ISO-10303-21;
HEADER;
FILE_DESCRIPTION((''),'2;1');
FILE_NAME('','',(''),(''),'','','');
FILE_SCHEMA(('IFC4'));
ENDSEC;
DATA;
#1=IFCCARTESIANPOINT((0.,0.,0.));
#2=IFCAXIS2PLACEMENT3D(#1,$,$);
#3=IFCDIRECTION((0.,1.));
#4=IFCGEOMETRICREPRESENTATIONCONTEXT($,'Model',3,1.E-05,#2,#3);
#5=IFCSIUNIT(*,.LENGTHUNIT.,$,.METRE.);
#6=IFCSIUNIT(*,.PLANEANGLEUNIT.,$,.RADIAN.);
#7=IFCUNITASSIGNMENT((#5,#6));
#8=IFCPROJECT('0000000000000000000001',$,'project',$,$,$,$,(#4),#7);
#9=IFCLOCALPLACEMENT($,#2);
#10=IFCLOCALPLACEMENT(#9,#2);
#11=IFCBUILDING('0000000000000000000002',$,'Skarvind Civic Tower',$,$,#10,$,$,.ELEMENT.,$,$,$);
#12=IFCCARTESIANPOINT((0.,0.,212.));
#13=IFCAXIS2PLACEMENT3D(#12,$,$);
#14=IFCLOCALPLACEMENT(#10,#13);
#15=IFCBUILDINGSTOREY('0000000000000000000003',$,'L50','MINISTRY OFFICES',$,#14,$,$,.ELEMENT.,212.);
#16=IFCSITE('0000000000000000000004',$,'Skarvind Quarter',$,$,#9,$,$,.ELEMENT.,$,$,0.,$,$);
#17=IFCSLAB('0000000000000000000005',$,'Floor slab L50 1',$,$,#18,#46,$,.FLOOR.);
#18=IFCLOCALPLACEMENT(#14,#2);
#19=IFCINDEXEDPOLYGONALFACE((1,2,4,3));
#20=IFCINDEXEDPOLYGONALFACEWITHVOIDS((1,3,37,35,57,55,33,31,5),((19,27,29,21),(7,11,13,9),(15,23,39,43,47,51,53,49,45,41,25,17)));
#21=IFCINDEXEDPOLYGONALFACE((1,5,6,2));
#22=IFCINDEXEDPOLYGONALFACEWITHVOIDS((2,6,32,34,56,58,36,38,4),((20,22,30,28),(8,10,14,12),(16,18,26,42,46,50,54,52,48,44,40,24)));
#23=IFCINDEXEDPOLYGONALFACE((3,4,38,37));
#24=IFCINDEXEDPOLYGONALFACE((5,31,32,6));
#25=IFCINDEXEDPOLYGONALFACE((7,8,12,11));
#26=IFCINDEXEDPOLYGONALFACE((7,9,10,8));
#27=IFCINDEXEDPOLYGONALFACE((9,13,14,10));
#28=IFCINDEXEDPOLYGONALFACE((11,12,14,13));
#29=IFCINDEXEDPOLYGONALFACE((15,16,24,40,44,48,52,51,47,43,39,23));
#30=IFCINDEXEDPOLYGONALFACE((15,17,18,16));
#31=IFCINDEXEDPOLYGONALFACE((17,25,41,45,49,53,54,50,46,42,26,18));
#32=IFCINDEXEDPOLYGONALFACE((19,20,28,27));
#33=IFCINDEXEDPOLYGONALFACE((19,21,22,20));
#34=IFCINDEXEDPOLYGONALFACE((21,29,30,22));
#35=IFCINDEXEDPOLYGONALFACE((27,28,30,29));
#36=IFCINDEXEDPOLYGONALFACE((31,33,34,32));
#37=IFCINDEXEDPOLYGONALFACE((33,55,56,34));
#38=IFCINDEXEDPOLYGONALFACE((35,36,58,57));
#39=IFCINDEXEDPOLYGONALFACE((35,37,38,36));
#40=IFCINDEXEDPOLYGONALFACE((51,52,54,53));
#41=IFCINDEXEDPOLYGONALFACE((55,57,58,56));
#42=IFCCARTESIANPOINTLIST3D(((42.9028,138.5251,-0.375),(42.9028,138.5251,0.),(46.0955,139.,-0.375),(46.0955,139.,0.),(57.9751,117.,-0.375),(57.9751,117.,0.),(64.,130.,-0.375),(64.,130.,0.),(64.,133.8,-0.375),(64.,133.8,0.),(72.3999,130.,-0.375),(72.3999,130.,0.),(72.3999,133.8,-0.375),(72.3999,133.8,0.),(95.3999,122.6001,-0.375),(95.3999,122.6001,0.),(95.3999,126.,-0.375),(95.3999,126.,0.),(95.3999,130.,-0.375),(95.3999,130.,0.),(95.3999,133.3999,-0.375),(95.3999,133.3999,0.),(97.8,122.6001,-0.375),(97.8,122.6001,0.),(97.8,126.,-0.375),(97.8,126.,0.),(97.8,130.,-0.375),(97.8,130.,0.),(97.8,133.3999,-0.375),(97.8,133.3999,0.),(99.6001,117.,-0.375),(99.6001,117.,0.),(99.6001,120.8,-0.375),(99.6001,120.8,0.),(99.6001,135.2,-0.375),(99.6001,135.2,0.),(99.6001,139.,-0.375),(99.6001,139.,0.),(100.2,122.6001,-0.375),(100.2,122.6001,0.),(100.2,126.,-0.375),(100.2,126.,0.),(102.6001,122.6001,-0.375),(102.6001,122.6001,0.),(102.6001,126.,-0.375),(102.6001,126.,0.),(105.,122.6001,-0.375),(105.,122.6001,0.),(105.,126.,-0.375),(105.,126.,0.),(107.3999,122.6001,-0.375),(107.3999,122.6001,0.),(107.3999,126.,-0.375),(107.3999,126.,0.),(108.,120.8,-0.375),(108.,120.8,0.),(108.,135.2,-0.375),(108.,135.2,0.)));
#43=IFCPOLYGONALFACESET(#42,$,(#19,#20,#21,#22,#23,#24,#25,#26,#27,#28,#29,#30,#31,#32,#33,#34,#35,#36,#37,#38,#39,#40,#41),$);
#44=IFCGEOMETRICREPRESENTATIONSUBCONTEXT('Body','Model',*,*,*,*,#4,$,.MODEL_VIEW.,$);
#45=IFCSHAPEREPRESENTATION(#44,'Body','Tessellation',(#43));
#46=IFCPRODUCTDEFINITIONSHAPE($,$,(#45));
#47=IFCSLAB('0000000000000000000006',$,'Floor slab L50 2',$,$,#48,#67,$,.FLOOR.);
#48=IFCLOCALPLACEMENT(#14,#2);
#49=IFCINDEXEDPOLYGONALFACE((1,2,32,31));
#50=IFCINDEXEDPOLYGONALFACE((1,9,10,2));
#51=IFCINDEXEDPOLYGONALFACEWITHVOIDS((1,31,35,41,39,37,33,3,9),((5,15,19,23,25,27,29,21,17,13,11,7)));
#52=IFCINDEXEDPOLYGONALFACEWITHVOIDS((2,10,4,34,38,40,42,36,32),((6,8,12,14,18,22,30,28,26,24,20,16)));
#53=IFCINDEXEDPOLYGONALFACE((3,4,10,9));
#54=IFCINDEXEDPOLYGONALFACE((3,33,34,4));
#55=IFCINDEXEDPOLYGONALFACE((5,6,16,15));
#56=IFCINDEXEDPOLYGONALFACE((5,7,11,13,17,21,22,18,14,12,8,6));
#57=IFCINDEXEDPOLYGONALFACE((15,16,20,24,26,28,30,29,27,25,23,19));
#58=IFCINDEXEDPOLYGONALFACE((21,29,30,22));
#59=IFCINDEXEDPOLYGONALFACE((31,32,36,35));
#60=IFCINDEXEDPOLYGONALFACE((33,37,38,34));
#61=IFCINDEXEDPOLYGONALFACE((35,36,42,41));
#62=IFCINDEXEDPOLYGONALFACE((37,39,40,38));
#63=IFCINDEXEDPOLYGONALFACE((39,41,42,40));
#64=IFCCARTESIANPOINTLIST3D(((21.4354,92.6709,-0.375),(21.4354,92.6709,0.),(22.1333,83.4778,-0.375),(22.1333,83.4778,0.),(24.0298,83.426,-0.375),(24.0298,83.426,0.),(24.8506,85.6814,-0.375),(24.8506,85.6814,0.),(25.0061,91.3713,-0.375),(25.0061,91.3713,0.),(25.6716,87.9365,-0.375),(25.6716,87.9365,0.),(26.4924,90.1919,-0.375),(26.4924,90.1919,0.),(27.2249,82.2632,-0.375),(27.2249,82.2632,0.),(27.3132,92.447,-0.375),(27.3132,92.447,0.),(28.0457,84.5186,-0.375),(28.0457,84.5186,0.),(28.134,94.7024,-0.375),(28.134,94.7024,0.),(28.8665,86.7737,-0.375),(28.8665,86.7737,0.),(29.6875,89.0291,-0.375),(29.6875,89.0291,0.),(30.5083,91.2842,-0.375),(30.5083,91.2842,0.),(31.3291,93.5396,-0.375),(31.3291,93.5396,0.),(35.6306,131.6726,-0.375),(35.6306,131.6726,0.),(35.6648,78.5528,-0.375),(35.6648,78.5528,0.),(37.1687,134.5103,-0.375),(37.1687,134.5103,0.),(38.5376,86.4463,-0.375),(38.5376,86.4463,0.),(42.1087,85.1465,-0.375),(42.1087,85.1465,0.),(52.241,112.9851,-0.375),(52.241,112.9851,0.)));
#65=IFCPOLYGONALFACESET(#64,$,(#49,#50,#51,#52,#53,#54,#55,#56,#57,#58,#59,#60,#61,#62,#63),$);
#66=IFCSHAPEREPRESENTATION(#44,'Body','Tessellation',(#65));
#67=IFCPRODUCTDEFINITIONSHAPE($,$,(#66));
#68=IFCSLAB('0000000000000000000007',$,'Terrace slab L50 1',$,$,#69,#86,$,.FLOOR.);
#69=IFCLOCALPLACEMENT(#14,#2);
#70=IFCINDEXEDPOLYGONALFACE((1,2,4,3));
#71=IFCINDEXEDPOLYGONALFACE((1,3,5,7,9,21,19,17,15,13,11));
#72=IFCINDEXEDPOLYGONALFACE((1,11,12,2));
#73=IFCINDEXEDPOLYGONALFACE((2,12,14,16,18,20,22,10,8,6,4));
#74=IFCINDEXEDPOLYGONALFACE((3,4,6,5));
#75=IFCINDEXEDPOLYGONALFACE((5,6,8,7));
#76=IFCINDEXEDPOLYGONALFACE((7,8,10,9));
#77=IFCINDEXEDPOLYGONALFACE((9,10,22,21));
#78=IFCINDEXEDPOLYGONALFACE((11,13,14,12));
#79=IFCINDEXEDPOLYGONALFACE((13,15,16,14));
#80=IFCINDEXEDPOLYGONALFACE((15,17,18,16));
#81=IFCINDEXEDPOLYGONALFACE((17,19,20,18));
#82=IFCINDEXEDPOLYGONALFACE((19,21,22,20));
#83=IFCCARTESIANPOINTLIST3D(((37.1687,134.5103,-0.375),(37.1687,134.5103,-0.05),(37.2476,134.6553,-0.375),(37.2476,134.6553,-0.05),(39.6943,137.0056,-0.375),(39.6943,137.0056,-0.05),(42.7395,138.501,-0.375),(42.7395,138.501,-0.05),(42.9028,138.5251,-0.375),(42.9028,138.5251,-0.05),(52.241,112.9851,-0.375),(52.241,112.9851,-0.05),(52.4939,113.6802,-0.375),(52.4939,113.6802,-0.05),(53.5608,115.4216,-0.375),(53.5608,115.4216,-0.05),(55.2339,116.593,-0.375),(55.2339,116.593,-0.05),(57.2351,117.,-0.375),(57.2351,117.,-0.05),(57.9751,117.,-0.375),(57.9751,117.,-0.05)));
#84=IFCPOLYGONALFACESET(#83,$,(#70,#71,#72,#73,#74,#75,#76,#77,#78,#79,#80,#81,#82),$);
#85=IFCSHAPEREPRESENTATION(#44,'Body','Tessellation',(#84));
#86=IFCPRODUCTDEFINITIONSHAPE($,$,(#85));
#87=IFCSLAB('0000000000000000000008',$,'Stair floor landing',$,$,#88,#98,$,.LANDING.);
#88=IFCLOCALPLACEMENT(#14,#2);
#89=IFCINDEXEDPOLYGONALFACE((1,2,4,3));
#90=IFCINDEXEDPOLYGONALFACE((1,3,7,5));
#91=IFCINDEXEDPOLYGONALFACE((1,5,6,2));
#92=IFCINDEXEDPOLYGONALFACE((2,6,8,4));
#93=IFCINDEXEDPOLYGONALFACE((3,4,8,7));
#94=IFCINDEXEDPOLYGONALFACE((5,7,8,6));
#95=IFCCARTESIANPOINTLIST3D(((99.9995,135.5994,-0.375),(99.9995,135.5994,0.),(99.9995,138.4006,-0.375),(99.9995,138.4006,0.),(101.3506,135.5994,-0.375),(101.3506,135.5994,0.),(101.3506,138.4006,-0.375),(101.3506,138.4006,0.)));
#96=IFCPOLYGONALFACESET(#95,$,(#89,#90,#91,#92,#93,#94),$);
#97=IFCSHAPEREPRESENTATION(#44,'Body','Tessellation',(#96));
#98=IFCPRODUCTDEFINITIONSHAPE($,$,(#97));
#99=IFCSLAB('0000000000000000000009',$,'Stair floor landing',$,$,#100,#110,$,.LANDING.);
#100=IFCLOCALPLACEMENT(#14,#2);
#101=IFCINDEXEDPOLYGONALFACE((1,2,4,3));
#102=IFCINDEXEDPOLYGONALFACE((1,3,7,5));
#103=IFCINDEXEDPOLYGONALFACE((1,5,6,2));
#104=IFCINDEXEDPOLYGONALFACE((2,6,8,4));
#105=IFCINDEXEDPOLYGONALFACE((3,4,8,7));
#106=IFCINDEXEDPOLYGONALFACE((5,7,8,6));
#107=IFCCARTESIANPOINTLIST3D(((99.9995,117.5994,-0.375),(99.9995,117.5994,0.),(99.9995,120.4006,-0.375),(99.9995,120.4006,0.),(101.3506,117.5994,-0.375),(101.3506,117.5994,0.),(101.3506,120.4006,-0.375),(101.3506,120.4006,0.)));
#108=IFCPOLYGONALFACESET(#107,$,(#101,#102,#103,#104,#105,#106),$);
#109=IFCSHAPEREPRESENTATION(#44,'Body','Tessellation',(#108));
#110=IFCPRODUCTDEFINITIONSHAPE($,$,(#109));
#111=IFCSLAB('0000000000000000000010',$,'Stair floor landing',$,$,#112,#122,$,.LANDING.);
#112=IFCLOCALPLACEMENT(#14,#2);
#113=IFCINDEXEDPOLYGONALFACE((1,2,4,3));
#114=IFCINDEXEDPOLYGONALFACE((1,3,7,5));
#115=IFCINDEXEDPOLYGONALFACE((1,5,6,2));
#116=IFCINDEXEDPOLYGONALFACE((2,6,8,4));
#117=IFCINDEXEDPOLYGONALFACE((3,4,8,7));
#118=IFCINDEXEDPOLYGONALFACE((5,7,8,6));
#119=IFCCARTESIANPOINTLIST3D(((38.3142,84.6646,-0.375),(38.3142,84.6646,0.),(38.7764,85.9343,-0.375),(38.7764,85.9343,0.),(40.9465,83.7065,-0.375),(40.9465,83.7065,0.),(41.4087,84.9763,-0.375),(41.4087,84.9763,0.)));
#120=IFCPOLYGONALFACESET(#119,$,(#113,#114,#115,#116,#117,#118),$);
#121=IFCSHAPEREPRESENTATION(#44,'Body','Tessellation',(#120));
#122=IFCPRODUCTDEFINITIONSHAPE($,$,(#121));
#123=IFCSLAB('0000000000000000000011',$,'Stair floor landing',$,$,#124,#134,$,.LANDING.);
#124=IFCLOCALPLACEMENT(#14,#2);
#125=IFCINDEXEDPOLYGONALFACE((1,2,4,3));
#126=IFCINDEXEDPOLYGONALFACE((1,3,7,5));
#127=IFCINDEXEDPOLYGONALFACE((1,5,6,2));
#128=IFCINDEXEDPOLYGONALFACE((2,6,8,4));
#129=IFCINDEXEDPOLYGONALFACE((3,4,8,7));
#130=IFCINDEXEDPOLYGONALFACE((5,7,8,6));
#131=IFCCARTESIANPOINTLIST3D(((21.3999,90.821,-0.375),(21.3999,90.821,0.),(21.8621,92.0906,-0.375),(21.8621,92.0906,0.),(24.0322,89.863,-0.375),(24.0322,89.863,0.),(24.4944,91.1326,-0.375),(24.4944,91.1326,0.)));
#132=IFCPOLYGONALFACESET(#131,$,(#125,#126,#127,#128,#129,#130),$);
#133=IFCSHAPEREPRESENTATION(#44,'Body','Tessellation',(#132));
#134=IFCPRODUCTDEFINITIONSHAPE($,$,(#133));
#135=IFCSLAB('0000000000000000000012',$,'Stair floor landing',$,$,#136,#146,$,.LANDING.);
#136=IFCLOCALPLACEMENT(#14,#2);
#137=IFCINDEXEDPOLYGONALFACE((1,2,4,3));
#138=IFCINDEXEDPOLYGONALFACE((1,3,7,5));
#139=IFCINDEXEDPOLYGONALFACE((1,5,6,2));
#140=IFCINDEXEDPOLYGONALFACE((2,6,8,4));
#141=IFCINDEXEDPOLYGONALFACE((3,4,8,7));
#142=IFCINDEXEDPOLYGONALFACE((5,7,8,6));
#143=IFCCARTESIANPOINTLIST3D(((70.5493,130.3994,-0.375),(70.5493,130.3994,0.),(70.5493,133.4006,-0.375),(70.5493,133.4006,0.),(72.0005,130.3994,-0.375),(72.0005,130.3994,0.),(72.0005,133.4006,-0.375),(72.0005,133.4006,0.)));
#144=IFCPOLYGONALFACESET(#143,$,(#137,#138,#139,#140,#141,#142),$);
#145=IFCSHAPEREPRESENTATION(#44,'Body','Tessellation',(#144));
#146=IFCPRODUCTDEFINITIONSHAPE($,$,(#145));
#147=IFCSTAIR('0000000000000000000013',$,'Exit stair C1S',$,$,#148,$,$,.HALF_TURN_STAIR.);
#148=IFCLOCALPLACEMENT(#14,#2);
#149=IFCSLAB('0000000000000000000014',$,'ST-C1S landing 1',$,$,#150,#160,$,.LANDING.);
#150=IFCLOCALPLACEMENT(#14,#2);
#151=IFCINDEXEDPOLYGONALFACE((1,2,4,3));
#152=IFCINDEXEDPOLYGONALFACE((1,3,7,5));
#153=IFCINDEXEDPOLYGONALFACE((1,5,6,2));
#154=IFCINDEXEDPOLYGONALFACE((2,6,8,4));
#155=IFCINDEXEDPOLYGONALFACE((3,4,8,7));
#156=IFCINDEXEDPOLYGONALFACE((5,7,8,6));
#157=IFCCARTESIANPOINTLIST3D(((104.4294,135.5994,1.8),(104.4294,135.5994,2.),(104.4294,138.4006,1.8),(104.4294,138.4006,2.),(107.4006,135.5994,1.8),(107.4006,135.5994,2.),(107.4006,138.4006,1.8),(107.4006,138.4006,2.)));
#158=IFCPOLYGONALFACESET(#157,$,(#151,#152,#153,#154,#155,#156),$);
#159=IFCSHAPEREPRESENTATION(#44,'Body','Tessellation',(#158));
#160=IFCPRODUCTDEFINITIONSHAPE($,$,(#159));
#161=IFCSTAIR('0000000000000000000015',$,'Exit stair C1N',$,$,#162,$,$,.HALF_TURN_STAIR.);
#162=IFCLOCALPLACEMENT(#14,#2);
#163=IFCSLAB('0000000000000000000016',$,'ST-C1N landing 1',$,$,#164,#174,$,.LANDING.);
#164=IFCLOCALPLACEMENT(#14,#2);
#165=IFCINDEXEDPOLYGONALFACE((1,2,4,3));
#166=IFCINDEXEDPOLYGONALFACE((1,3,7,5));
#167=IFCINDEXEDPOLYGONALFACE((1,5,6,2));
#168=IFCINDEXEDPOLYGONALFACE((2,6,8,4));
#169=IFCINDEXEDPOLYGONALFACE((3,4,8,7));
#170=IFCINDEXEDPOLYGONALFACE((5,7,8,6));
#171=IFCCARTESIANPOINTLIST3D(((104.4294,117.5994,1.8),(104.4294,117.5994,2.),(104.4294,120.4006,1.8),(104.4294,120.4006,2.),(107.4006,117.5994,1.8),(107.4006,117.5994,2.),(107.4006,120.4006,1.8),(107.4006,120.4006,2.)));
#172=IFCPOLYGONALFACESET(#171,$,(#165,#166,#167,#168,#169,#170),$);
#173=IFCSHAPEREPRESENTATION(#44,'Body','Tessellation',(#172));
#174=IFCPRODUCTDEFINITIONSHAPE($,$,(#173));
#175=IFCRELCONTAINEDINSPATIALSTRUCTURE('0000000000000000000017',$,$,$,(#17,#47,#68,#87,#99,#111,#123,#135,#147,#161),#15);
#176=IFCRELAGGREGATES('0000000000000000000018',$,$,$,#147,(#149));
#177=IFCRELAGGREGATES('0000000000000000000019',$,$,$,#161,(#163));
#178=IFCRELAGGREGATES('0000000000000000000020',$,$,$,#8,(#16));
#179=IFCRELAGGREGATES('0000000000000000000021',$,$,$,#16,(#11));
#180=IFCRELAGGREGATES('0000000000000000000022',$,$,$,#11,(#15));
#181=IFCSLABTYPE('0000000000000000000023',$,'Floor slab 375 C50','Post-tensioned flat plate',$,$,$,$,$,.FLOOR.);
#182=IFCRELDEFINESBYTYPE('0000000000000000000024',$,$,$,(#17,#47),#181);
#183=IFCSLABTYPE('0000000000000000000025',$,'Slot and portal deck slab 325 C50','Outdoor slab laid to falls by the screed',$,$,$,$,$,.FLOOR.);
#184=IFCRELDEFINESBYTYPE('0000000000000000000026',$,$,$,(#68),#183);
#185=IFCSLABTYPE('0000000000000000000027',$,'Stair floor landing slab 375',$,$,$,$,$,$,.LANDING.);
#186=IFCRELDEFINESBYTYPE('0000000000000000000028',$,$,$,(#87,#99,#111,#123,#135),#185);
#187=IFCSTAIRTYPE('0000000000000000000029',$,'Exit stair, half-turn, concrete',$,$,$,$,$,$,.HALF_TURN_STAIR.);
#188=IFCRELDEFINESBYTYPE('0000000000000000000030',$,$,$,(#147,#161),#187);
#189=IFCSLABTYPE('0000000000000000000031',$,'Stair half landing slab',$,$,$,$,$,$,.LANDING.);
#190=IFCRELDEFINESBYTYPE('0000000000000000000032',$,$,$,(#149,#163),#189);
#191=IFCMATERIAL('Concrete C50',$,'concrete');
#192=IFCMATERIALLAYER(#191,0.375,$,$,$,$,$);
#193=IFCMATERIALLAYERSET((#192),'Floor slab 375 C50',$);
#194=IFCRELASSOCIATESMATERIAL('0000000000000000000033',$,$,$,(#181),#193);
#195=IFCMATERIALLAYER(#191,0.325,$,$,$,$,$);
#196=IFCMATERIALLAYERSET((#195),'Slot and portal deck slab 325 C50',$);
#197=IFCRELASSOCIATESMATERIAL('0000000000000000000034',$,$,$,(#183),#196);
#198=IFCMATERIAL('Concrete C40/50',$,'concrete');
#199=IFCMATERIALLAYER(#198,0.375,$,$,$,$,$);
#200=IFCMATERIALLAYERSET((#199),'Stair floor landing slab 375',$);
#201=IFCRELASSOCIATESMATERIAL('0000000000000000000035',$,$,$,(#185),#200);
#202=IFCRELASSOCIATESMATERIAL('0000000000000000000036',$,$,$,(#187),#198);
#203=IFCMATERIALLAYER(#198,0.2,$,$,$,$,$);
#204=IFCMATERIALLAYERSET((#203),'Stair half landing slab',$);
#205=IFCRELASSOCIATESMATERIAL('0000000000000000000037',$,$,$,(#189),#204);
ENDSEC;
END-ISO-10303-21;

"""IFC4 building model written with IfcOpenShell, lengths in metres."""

from ifc_helpers import new_model, si_unit, direction, frame, origin, place, context, subcontext, project, spatial, polyline, outline, extrude, material, layer, layer_set, type_object, element, aggregate, save


model = new_model("IFC4")

# Units and contexts
model_context = context("Model", 3, precision=1e-05, world=origin(), true_north=direction((0.0, 1.0)))
body_context = subcontext(model_context, "Body", "Model", "MODEL_VIEW")
ifc_project = project(units=[si_unit("LENGTHUNIT", "METRE"), si_unit("PLANEANGLEUNIT", "RADIAN")], contexts=[model_context])

# Site, building, storey
site_placement = place(None, origin())
site = spatial("IfcSite", under=ifc_project, at=site_placement, Name="Skarvind Quarter", CompositionType="ELEMENT", RefElevation=0.0)
building_placement = place(site_placement, origin())
building = spatial("IfcBuilding", under=site, at=building_placement, Name="Skarvind Civic Tower", CompositionType="ELEMENT")
storey_placement = place(building_placement, frame((0.0, 0.0, 212.0)))
storey = spatial("IfcBuildingStorey", under=building, at=storey_placement, Name="L50", Description="MINISTRY OFFICES", CompositionType="ELEMENT", Elevation=212.0)

# Slabs
ifc_material_1 = material(Name="Concrete C50", Category="concrete")
ifc_layer_1 = layer(ifc_material_1, 0.375)
ifc_layer_set_1 = layer_set([ifc_layer_1], Name="Floor slab 375 C50")
slab_type_1 = type_object("IfcSlabType", Name="Floor slab 375 C50", Description="Post-tensioned flat plate", PredefinedType="FLOOR", material=ifc_layer_set_1)
slab_1_placement = place(storey_placement, frame((0.0, 0.0, -0.375)))
element("IfcSlab", 1, at=slab_1_placement, inside=storey, type_object=slab_type_1, Name="Floor slab L50 1", PredefinedType="FLOOR", context=body_context, shape_type="SweptSolid", body=[
    extrude(outline(polyline([(108.0, 135.2), (99.6001, 135.2), (99.6001, 139.0), (46.0955, 139.0), (42.9028, 138.5251), (57.9751, 117.0), (99.6001, 117.0), (99.6001, 120.8), (108.0, 120.8), (108.0, 135.2)]), holes=[polyline([(64.0, 130.0), (64.0, 133.8), (72.3999, 133.8), (72.3999, 130.0), (64.0, 130.0)]), polyline([(97.8, 126.0), (100.2, 126.0), (102.6001, 126.0), (105.0, 126.0), (107.3999, 126.0), (107.3999, 122.6001), (105.0, 122.6001), (102.6001, 122.6001), (100.2, 122.6001), (97.8, 122.6001), (95.3999, 122.6001), (95.3999, 126.0), (97.8, 126.0)]), polyline([(97.8, 133.3999), (97.8, 130.0), (95.3999, 130.0), (95.3999, 133.3999), (97.8, 133.3999)])]), origin(), (0.0, 0.0, 1.0), 0.375),
])
slab_2_placement = place(storey_placement, frame((0.0, 0.0, -0.375)))
element("IfcSlab", 2, at=slab_2_placement, inside=storey, type_object=slab_type_1, Name="Floor slab L50 2", PredefinedType="FLOOR", context=body_context, shape_type="SweptSolid", body=[
    extrude(outline(polyline([(36.8865, 78.1082), (35.6648, 78.5527), (38.5376, 86.4463), (42.1086, 85.1465), (40.0908, 79.6023), (40.0908, 79.6023), (52.241, 112.9851), (37.1687, 134.5103), (35.6306, 131.6726), (19.4175, 87.1267), (21.4353, 92.6709), (25.0061, 91.3713), (22.1333, 83.4778), (36.8865, 78.1082)]), holes=[polyline([(25.6716, 87.9365), (26.4924, 90.1919), (27.3132, 92.447), (28.134, 94.7024), (31.3291, 93.5396), (30.5083, 91.2842), (29.6875, 89.0291), (28.8665, 86.7737), (28.8665, 86.7737), (28.0457, 84.5186), (27.2249, 82.2632), (24.0298, 83.426), (24.8506, 85.6814), (25.6716, 87.9365), (25.6716, 87.9365)])]), origin(), (0.0, 0.0, 1.0), 0.375),
])
ifc_layer_2 = layer(ifc_material_1, 0.325)
ifc_layer_set_2 = layer_set([ifc_layer_2], Name="Slot and portal deck slab 325 C50")
slab_type_2 = type_object("IfcSlabType", Name="Slot and portal deck slab 325 C50", Description="Outdoor slab laid to falls by the screed", PredefinedType="FLOOR", material=ifc_layer_set_2)
slab_3_placement = place(storey_placement, frame((0.0, 0.0, -0.375)))
element("IfcSlab", 3, at=slab_3_placement, inside=storey, type_object=slab_type_2, Name="Terrace slab L50 1", PredefinedType="FLOOR", context=body_context, shape_type="SweptSolid", body=[
    extrude(outline(polyline([(57.2351, 117.0), (57.9751, 117.0), (42.9028, 138.5251), (42.7395, 138.501), (39.6943, 137.0056), (37.2476, 134.6553), (37.1687, 134.5103), (52.241, 112.9851), (52.4939, 113.6802), (53.5608, 115.4216), (55.2339, 116.593), (57.2351, 117.0)])), origin(), (0.0, 0.0, 1.0), 0.325),
])
ifc_material_2 = material(Name="Concrete C40/50", Category="concrete")
ifc_layer_3 = layer(ifc_material_2, 0.375)
ifc_layer_set_3 = layer_set([ifc_layer_3], Name="Stair floor landing slab 375")
slab_type_3 = type_object("IfcSlabType", Name="Stair floor landing slab 375", PredefinedType="LANDING", material=ifc_layer_set_3)
slab_4_placement = place(storey_placement, frame((0.0, 0.0, -0.375)))
element("IfcSlab", 4, at=slab_4_placement, inside=storey, type_object=slab_type_3, Name="Stair floor landing", PredefinedType="LANDING", context=body_context, shape_type="SweptSolid", body=[
    extrude(outline(polyline([(101.3506, 138.4006), (101.3506, 135.5994), (99.9995, 135.5994), (99.9995, 138.4006), (101.3506, 138.4006)])), origin(), (0.0, 0.0, 1.0), 0.375),
])
slab_5_placement = place(storey_placement, frame((0.0, 0.0, -0.375)))
element("IfcSlab", 5, at=slab_5_placement, inside=storey, type_object=slab_type_3, Name="Stair floor landing", PredefinedType="LANDING", context=body_context, shape_type="SweptSolid", body=[
    extrude(outline(polyline([(101.3506, 120.4006), (101.3506, 117.5994), (99.9995, 117.5994), (99.9995, 120.4006), (101.3506, 120.4006)])), origin(), (0.0, 0.0, 1.0), 0.375),
])
slab_6_placement = place(storey_placement, frame((0.0, 0.0, -0.375)))
element("IfcSlab", 6, at=slab_6_placement, inside=storey, type_object=slab_type_3, Name="Stair floor landing", PredefinedType="LANDING", context=body_context, shape_type="SweptSolid", body=[
    extrude(outline(polyline([(40.9465, 83.7065), (38.3142, 84.6646), (38.7764, 85.9343), (41.4087, 84.9763), (40.9465, 83.7065)])), origin(), (0.0, 0.0, 1.0), 0.375),
])
slab_7_placement = place(storey_placement, frame((0.0, 0.0, -0.375)))
element("IfcSlab", 7, at=slab_7_placement, inside=storey, type_object=slab_type_3, Name="Stair floor landing", PredefinedType="LANDING", context=body_context, shape_type="SweptSolid", body=[
    extrude(outline(polyline([(24.0322, 89.863), (21.3999, 90.821), (21.8621, 92.0906), (24.4944, 91.1326), (24.0322, 89.863)])), origin(), (0.0, 0.0, 1.0), 0.375),
])
slab_8_placement = place(storey_placement, frame((0.0, 0.0, -0.375)))
element("IfcSlab", 8, at=slab_8_placement, inside=storey, type_object=slab_type_3, Name="Stair floor landing", PredefinedType="LANDING", context=body_context, shape_type="SweptSolid", body=[
    extrude(outline(polyline([(70.5493, 130.3994), (70.5493, 133.4006), (72.0005, 133.4006), (72.0005, 130.3994), (70.5493, 130.3994)])), origin(), (0.0, 0.0, 1.0), 0.375),
])

# Stairs, slabs
stair_type_1 = type_object("IfcStairType", Name="Exit stair, half-turn, concrete", PredefinedType="HALF_TURN_STAIR", material=ifc_material_2)
stair_1_placement = place(storey_placement, origin())
stair_1 = element("IfcStair", 9, at=stair_1_placement, inside=storey, type_object=stair_type_1, Name="Exit stair C1S", PredefinedType="HALF_TURN_STAIR")
ifc_layer_4 = layer(ifc_material_2, 0.2)
ifc_layer_set_4 = layer_set([ifc_layer_4], Name="Stair half landing slab")
slab_type_4 = type_object("IfcSlabType", Name="Stair half landing slab", PredefinedType="LANDING", material=ifc_layer_set_4)
slab_9_placement = place(storey_placement, frame((0.0, 0.0, 1.8)))
slab_9 = element("IfcSlab", 10, at=slab_9_placement, type_object=slab_type_4, Name="ST-C1S landing 1", PredefinedType="LANDING", context=body_context, shape_type="SweptSolid", body=[
    extrude(outline(polyline([(104.4294, 135.5994), (104.4294, 138.4006), (107.4006, 138.4006), (107.4006, 135.5994), (104.4294, 135.5994)])), origin(), (0.0, 0.0, 1.0), 0.2),
])
aggregate(stair_1, [slab_9])
stair_2_placement = place(storey_placement, origin())
stair_2 = element("IfcStair", 11, at=stair_2_placement, inside=storey, type_object=stair_type_1, Name="Exit stair C1N", PredefinedType="HALF_TURN_STAIR")
slab_10_placement = place(storey_placement, frame((0.0, 0.0, 1.8)))
slab_10 = element("IfcSlab", 12, at=slab_10_placement, type_object=slab_type_4, Name="ST-C1N landing 1", PredefinedType="LANDING", context=body_context, shape_type="SweptSolid", body=[
    extrude(outline(polyline([(104.4294, 117.5994), (104.4294, 120.4006), (107.4006, 120.4006), (107.4006, 117.5994), (104.4294, 117.5994)])), origin(), (0.0, 0.0, 1.0), 0.2),
])
aggregate(stair_2, [slab_10])

save(model, "model.ifc")
